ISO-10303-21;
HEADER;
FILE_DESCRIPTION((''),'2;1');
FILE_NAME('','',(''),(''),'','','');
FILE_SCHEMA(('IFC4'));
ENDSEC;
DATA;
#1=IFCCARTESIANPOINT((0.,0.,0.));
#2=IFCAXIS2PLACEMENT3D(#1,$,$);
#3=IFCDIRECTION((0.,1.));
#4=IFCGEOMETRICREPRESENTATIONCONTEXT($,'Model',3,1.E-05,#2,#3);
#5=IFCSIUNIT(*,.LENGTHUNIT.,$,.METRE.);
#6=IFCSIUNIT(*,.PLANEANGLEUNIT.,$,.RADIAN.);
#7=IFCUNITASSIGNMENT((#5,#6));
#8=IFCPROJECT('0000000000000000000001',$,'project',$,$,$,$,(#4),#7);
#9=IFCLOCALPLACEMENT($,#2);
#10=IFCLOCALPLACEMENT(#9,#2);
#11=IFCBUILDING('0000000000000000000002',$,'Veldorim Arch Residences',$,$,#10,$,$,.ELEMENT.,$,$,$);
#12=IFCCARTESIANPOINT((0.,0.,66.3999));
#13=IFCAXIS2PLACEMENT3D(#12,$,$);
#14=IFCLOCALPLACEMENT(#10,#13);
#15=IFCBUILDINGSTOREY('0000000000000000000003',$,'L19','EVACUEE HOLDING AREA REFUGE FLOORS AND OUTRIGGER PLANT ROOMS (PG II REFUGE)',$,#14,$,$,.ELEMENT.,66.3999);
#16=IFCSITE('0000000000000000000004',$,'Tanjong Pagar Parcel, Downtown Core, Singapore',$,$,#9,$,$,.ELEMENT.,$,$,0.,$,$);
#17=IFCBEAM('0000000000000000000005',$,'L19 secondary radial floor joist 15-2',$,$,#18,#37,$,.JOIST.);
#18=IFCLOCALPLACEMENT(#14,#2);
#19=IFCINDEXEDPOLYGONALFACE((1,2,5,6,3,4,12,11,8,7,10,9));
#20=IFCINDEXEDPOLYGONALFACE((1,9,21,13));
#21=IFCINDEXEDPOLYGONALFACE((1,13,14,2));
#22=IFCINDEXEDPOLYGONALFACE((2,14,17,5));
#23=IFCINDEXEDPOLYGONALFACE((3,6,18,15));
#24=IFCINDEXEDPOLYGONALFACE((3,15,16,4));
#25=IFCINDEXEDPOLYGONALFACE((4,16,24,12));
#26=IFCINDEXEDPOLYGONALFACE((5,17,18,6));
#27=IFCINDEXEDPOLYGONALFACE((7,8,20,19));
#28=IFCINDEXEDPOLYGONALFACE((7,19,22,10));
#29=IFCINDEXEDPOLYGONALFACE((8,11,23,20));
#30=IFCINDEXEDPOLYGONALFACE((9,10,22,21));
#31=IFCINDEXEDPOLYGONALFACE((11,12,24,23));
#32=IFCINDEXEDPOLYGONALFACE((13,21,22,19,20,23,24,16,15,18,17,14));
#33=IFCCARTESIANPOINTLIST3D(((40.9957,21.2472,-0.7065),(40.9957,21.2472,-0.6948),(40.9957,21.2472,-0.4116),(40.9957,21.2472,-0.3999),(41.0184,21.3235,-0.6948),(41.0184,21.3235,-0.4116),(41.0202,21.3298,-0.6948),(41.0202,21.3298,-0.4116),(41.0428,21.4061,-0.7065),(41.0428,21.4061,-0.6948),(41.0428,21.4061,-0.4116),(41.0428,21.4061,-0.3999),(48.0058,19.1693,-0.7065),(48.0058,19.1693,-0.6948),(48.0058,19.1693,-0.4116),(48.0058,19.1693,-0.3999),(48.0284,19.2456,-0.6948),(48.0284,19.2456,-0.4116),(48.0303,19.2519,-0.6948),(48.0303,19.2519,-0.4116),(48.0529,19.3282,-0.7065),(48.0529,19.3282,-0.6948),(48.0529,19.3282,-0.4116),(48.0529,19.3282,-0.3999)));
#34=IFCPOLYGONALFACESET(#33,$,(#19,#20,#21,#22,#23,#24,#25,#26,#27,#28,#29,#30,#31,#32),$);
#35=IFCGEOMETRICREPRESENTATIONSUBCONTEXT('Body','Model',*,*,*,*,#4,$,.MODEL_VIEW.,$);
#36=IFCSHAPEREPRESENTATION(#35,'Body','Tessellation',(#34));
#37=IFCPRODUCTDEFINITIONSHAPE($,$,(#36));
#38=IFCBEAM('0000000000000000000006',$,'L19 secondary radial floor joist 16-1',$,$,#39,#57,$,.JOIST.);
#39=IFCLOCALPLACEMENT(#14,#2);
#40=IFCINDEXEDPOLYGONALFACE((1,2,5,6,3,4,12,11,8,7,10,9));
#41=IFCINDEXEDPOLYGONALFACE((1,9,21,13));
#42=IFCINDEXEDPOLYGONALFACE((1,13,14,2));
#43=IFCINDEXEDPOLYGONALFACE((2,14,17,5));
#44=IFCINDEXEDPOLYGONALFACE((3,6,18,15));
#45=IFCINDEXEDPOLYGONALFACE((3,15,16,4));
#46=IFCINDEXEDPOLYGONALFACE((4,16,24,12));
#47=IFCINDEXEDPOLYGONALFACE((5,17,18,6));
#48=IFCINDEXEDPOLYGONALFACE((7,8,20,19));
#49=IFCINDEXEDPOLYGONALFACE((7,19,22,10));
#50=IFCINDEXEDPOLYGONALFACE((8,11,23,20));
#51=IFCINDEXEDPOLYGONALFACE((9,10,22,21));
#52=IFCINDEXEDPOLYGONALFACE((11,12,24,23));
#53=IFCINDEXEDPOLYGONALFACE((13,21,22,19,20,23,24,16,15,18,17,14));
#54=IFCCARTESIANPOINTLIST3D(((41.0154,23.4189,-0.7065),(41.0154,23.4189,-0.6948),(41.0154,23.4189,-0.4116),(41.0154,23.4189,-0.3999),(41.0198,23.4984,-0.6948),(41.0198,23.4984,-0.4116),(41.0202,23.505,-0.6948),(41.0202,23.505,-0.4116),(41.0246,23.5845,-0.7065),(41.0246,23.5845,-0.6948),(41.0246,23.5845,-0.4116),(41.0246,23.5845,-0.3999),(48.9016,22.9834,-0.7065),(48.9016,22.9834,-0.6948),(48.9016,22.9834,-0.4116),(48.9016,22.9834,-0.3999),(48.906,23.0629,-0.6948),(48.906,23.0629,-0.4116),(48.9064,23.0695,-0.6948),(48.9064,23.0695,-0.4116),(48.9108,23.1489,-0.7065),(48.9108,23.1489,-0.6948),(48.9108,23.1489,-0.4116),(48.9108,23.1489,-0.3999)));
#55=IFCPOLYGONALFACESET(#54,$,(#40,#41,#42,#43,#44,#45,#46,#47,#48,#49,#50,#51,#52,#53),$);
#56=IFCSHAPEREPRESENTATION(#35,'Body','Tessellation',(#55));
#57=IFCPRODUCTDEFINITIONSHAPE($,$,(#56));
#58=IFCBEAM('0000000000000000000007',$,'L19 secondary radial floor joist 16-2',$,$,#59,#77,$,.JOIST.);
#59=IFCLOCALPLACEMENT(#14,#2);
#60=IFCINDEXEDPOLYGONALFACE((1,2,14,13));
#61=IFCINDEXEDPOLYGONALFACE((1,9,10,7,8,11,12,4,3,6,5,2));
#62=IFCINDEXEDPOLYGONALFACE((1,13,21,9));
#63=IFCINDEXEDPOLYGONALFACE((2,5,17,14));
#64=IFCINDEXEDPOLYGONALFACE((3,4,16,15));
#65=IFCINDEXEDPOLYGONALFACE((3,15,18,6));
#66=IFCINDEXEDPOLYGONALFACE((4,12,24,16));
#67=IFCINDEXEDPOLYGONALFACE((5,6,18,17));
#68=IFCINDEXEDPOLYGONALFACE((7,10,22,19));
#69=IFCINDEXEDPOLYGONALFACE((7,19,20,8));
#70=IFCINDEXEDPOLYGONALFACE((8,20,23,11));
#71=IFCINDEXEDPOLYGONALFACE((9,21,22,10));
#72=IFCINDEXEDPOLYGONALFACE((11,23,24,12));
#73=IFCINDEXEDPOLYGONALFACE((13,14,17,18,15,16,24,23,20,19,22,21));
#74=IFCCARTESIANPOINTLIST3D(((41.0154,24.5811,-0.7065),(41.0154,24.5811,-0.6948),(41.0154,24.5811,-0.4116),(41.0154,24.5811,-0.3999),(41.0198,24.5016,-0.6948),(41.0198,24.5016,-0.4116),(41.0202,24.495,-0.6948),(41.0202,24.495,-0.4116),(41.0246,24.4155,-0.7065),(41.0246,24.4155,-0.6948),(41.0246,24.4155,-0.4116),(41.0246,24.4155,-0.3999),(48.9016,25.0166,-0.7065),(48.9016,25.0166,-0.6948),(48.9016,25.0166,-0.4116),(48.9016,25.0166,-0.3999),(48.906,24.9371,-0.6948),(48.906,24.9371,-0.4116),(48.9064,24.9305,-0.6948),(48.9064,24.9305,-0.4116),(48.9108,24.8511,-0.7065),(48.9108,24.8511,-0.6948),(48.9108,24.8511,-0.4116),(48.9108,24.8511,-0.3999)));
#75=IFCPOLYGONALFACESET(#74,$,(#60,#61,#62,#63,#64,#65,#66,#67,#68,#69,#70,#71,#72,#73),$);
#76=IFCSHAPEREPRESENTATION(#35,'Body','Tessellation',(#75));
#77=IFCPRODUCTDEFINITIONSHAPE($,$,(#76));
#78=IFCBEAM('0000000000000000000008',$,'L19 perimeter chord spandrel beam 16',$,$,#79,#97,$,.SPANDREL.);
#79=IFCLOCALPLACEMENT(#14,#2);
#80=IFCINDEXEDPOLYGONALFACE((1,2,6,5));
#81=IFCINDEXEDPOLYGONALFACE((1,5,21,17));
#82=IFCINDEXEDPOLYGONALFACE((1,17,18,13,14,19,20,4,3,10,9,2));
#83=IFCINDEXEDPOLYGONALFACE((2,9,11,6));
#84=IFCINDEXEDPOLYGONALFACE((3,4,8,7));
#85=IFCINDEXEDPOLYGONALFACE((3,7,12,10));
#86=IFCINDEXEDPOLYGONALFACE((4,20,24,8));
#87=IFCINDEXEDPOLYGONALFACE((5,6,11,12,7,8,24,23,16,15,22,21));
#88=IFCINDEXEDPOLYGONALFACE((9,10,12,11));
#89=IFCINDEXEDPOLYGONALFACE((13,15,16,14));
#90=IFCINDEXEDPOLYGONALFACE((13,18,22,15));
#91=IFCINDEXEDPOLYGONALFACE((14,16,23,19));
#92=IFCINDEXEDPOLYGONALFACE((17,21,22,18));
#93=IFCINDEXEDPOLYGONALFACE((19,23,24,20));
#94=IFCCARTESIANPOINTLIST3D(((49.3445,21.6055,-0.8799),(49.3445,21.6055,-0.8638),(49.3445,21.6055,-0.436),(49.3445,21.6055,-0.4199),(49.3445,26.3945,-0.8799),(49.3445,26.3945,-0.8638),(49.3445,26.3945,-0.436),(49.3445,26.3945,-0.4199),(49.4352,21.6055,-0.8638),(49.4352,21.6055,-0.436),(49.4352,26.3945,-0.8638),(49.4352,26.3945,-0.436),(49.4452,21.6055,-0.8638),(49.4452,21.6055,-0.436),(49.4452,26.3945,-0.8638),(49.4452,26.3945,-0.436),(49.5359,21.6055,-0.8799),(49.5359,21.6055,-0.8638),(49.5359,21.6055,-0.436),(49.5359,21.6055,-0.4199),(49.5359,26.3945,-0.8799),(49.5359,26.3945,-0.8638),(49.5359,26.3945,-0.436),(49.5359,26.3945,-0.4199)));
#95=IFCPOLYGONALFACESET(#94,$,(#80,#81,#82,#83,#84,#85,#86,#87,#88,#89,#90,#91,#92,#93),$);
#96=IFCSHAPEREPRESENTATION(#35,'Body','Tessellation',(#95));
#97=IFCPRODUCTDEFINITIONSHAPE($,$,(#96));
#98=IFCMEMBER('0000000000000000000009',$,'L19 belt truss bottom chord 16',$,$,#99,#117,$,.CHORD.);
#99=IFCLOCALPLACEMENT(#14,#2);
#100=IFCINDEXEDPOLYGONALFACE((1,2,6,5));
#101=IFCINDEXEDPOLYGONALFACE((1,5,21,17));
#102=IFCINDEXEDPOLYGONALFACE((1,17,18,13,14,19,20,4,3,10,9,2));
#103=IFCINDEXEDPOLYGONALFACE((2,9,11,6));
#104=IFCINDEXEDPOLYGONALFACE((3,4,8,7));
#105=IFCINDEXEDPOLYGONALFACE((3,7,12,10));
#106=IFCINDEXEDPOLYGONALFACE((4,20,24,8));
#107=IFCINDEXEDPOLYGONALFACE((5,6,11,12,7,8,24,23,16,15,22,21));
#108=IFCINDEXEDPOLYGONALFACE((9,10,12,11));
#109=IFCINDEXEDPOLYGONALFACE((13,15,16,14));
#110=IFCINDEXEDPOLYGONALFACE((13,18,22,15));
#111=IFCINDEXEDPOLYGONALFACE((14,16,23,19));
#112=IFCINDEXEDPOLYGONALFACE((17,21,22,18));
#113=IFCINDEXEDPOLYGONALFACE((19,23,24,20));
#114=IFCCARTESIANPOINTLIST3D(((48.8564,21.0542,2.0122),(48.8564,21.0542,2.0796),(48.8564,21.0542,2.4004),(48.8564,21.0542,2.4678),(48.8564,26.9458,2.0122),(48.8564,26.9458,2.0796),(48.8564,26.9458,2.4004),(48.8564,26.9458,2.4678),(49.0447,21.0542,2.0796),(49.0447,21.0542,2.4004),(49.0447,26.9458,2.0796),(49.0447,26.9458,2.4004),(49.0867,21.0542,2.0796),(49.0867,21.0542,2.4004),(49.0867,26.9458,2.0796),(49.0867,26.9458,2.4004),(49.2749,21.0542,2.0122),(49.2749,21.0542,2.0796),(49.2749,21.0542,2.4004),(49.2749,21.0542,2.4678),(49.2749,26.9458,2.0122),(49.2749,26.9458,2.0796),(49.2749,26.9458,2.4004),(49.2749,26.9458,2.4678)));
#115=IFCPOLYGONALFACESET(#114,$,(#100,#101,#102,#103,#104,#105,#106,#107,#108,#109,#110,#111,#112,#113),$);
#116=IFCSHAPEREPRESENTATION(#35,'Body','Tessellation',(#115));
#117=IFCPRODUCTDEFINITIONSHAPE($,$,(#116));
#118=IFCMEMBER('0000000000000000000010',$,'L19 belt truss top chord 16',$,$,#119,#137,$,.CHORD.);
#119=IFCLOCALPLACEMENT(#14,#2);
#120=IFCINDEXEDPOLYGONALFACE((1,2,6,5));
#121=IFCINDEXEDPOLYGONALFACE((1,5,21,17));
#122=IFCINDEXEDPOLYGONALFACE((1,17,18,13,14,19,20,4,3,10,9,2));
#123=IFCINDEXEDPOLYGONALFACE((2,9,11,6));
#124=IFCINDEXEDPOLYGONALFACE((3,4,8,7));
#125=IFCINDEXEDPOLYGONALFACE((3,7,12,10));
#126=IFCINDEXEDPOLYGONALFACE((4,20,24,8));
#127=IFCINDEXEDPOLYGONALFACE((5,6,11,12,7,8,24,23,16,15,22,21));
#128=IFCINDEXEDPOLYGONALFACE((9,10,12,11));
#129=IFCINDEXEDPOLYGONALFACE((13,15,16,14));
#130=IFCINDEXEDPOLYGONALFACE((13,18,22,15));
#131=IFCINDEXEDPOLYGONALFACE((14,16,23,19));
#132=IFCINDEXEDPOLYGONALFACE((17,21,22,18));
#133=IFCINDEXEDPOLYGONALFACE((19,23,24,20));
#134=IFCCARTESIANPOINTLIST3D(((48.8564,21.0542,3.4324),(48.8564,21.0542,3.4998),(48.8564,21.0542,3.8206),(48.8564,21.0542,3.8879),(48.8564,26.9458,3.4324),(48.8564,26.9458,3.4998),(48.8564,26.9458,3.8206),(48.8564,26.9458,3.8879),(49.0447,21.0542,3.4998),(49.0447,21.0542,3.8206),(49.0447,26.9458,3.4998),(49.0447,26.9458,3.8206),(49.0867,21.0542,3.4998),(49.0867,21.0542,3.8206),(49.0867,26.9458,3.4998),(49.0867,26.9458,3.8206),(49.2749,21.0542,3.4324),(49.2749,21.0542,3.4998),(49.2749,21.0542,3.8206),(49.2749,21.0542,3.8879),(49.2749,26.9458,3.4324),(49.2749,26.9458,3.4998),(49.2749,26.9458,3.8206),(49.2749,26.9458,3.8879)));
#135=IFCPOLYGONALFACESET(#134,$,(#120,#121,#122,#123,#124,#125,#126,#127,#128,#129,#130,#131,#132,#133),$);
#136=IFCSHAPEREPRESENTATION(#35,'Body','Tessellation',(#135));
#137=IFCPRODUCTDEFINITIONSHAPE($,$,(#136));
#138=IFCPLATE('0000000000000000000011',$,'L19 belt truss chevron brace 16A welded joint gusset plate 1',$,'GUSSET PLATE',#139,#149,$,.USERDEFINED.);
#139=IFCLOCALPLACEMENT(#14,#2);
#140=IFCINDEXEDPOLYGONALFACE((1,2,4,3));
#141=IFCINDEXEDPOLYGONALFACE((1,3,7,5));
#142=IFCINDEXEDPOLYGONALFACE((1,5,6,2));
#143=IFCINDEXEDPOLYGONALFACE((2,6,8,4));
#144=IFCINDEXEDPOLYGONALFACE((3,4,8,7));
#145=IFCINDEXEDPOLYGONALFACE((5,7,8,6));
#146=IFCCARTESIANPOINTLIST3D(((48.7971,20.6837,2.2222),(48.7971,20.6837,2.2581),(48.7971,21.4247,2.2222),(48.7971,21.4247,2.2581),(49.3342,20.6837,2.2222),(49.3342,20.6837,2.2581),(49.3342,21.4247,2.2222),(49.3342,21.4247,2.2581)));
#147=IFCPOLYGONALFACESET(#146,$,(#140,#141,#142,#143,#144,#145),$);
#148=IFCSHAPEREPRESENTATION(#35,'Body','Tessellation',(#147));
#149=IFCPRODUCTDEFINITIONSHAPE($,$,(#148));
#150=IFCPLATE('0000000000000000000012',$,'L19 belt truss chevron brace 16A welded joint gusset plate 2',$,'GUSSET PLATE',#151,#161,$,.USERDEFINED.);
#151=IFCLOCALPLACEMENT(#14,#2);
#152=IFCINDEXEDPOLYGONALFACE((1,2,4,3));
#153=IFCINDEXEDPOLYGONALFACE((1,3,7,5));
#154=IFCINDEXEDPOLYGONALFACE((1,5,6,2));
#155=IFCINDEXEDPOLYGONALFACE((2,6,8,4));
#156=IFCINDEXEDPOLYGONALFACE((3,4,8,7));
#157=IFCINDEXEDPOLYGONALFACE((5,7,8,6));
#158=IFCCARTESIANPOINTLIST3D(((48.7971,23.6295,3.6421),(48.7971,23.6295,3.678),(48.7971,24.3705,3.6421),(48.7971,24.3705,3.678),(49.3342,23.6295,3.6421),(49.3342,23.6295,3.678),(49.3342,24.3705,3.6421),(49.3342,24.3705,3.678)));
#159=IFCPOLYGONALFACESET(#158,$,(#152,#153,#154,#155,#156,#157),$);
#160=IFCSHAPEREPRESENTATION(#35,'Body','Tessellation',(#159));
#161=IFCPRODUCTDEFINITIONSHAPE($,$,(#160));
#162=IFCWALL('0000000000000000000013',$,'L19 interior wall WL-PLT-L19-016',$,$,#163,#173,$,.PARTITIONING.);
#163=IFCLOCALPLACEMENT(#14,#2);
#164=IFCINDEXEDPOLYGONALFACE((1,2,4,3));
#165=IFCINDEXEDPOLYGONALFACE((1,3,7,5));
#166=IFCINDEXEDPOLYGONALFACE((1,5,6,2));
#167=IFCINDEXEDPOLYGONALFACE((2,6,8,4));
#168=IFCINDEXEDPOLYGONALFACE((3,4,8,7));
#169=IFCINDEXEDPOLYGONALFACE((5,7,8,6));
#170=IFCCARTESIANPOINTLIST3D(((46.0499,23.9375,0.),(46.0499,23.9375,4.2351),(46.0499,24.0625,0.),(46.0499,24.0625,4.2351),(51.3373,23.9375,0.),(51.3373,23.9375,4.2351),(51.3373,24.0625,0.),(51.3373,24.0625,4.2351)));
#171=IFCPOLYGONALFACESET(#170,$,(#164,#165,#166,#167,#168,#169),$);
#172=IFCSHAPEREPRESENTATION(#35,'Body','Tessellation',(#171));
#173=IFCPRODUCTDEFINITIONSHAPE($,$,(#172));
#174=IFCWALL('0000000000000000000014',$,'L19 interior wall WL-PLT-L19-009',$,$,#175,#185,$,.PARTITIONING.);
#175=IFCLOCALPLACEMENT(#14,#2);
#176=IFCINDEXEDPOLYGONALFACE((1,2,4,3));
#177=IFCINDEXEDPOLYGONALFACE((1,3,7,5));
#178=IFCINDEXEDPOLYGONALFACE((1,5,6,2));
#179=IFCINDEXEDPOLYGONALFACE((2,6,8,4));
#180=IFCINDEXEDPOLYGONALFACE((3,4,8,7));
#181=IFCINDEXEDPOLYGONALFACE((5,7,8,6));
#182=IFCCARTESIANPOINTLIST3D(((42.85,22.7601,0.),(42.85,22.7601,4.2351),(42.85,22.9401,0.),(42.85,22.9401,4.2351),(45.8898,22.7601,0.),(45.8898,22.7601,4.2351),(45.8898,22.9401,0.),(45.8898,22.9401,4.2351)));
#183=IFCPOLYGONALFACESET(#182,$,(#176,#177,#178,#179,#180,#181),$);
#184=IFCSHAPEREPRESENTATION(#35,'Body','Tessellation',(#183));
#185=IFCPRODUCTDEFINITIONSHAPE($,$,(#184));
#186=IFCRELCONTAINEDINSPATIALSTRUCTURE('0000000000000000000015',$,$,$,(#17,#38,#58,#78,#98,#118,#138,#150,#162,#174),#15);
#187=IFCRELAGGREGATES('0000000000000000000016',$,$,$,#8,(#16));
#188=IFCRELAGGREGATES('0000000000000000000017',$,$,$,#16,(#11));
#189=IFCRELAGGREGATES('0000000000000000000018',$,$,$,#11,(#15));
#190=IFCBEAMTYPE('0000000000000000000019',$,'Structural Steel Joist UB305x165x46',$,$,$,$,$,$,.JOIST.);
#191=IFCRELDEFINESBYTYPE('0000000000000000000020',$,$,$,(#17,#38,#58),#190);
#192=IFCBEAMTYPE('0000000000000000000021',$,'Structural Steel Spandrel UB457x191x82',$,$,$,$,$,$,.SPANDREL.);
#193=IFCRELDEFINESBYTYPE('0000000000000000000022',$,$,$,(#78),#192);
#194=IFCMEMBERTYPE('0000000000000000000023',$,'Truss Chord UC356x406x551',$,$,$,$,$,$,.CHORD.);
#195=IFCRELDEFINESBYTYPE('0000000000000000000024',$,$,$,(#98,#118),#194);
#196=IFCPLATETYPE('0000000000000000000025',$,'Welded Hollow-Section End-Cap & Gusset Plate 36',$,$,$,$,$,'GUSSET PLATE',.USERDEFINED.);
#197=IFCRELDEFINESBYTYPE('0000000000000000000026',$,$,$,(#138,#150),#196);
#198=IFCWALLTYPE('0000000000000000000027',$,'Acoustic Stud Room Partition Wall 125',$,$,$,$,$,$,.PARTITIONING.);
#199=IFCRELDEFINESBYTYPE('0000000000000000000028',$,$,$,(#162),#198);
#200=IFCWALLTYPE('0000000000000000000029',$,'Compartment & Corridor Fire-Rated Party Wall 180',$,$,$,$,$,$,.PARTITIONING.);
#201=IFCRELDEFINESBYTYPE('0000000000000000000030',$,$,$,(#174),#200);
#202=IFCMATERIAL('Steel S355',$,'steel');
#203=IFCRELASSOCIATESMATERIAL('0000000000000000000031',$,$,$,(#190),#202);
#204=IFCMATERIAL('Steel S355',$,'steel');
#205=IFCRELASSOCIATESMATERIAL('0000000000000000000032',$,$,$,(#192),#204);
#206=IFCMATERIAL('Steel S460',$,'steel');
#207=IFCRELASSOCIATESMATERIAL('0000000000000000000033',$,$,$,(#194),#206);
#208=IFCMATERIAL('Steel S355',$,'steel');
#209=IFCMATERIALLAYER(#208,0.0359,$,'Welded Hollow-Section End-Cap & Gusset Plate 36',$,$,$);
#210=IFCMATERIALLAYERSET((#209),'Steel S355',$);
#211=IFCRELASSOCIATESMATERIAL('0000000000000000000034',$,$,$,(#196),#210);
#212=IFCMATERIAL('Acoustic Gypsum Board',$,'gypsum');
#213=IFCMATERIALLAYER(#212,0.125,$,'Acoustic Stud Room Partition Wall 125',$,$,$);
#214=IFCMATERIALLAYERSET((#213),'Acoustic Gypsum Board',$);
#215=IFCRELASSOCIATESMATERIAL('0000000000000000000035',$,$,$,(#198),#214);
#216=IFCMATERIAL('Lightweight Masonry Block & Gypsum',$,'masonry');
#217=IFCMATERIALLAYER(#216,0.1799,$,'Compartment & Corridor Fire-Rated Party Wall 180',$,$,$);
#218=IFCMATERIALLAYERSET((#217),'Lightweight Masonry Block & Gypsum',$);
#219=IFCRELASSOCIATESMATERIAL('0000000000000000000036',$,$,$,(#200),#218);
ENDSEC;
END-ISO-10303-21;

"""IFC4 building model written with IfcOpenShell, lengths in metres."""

from ifc_helpers import new_model, si_unit, direction, frame, frame_2d, origin, origin_2d, place, context, subcontext, project, spatial, rectangle, i_section, extrude, material, layer, layer_set, material_profile, profile_set, type_object, element, save


model = new_model("IFC4")

# Units and contexts
model_context = context("Model", 3, precision=1e-05, world=origin(), true_north=direction((0.0, 1.0)))
body_context = subcontext(model_context, "Body", "Model", "MODEL_VIEW")
ifc_project = project(units=[si_unit("LENGTHUNIT", "METRE"), si_unit("PLANEANGLEUNIT", "RADIAN")], contexts=[model_context])

# Site, building, storey
site_placement = place(None, origin())
site = spatial("IfcSite", under=ifc_project, at=site_placement, Name="Tanjong Pagar Parcel, Downtown Core, Singapore", CompositionType="ELEMENT", RefElevation=0.0)
building_placement = place(site_placement, origin())
building = spatial("IfcBuilding", under=site, at=building_placement, Name="Veldorim Arch Residences", CompositionType="ELEMENT")
storey_placement = place(building_placement, frame((0.0, 0.0, 66.3999)))
storey = spatial("IfcBuildingStorey", under=building, at=storey_placement, Name="L19", Description="EVACUEE HOLDING AREA REFUGE FLOORS AND OUTRIGGER PLANT ROOMS (PG II REFUGE)", CompositionType="ELEMENT", Elevation=66.3999)

# Beams
ifc_material_1 = material(Name="Steel S355", Category="steel")
ifc_material_profile_1 = material_profile(ifc_material_1, i_section(OverallWidth=0.1658, OverallDepth=0.3066, WebThickness=0.0066, FlangeThickness=0.0117, at=origin_2d()), Name="UB305x165x46")
ifc_profile_set_1 = profile_set([ifc_material_profile_1], Name="Steel S355")
beam_type_1 = type_object("IfcBeamType", Name="Structural Steel Joist UB305x165x46", PredefinedType="JOIST", material=ifc_profile_set_1)
beam_1_placement = place(storey_placement, frame((41.0193, 21.3267, -0.5532), z_axis=(0.958767, -0.284194, 0.0), x_axis=(0.284194, 0.958767, 0.0)))
element("IfcBeam", 1, at=beam_1_placement, inside=storey, type_object=beam_type_1, Name="L19 secondary radial floor joist 15-2", PredefinedType="JOIST", context=body_context, shape_type="SweptSolid", body=[
    extrude(i_section(OverallWidth=0.1658, OverallDepth=0.3066, WebThickness=0.0066, FlangeThickness=0.0117, at=origin_2d()), origin(), (0.0, 0.0, 1.0), 7.3115),
])
for number, where, z_axis, x_axis, name in (
    (2, (41.02, 23.5017, -0.5532), (0.998478, -0.055145, 0.0), (0.055145, 0.998478, 0.0), "L19 secondary radial floor joist 16-1"),
    (3, (41.02, 24.4983, -0.5532), (0.998478, 0.055145, 0.0), (-0.055145, 0.998478, 0.0), "L19 secondary radial floor joist 16-2"),
):
    element("IfcBeam", number, at=place(storey_placement, frame(where, z_axis=z_axis, x_axis=x_axis)), inside=storey, type_object=beam_type_1, Name=name, PredefinedType="JOIST", context=body_context, shape_type="SweptSolid", body=[
        extrude(i_section(OverallWidth=0.1658, OverallDepth=0.3066, WebThickness=0.0066, FlangeThickness=0.0117, at=origin_2d()), origin(), (0.0, 0.0, 1.0), 7.8982),
    ])
ifc_material_2 = material(Name="Steel S355", Category="steel")
ifc_material_profile_2 = material_profile(ifc_material_2, i_section(OverallWidth=0.1914, OverallDepth=0.46, WebThickness=0.01, FlangeThickness=0.0161, at=origin_2d()), Name="UB457x191x82")
ifc_profile_set_2 = profile_set([ifc_material_profile_2], Name="Steel S355")
beam_type_2 = type_object("IfcBeamType", Name="Structural Steel Spandrel UB457x191x82", PredefinedType="SPANDREL", material=ifc_profile_set_2)
beam_2_placement = place(storey_placement, frame((49.4402, 21.6055, -0.6499), z_axis=(0.0, 1.0, 0.0), x_axis=(-1.0, 0.0, 0.0)))
element("IfcBeam", 4, at=beam_2_placement, inside=storey, type_object=beam_type_2, Name="L19 perimeter chord spandrel beam 16", PredefinedType="SPANDREL", context=body_context, shape_type="SweptSolid", body=[
    extrude(i_section(OverallWidth=0.1914, OverallDepth=0.46, WebThickness=0.01, FlangeThickness=0.0161, at=origin_2d()), origin(), (0.0, 0.0, 1.0), 4.7891),
])

# Members
ifc_material_3 = material(Name="Steel S460", Category="steel")
ifc_material_profile_3 = material_profile(ifc_material_3, i_section(OverallWidth=0.4185, OverallDepth=0.4556, WebThickness=0.042, FlangeThickness=0.0674, at=origin_2d()), Name="UC356x406x551")
ifc_profile_set_3 = profile_set([ifc_material_profile_3], Name="Steel S460")
member_type_1 = type_object("IfcMemberType", Name="Truss Chord UC356x406x551", PredefinedType="CHORD", material=ifc_profile_set_3)
for number, where, z_axis, x_axis, name in (
    (5, (49.0657, 21.0542, 2.24), (0.0, 1.0, 0.0), (-1.0, 0.0, 0.0), "L19 belt truss bottom chord 16"),
    (6, (49.0657, 21.0542, 3.6602), (0.0, 1.0, 0.0), (-1.0, 0.0, 0.0), "L19 belt truss top chord 16"),
):
    element("IfcMember", number, at=place(storey_placement, frame(where, z_axis=z_axis, x_axis=x_axis)), inside=storey, type_object=member_type_1, Name=name, PredefinedType="CHORD", context=body_context, shape_type="SweptSolid", body=[
        extrude(i_section(OverallWidth=0.4185, OverallDepth=0.4556, WebThickness=0.042, FlangeThickness=0.0674, at=origin_2d()), origin(), (0.0, 0.0, 1.0), 5.8916),
    ])

# Plates
ifc_material_4 = material(Name="Steel S355", Category="steel")
ifc_layer_1 = layer(ifc_material_4, 0.0359, Name="Welded Hollow-Section End-Cap & Gusset Plate 36")
ifc_layer_set_1 = layer_set([ifc_layer_1], Name="Steel S355")
plate_type = type_object("IfcPlateType", Name="Welded Hollow-Section End-Cap & Gusset Plate 36", ElementType="GUSSET PLATE", PredefinedType="USERDEFINED", material=ifc_layer_set_1)
for number, where, z_axis, x_axis, name in (
    (7, (49.0657, 21.0542, 2.2222), (0.0, 0.0, 1.0), (0.0, 1.0, 0.0), "L19 belt truss chevron brace 16A welded joint gusset plate 1"),
    (8, (49.0657, 24.0, 3.6421), (0.0, 0.0, 1.0), (0.0, 1.0, 0.0), "L19 belt truss chevron brace 16A welded joint gusset plate 2"),
):
    element("IfcPlate", number, at=place(storey_placement, frame(where, z_axis=z_axis, x_axis=x_axis)), inside=storey, type_object=plate_type, Name=name, ObjectType="GUSSET PLATE", PredefinedType="USERDEFINED", context=body_context, shape_type="SweptSolid", body=[
        extrude(rectangle(XDim=0.741, YDim=0.5371, at=origin_2d()), origin(), (0.0, 0.0, 1.0), 0.0359),
    ])

# Walls
ifc_material_5 = material(Name="Acoustic Gypsum Board", Category="gypsum")
ifc_layer_2 = layer(ifc_material_5, 0.125, Name="Acoustic Stud Room Partition Wall 125")
ifc_layer_set_2 = layer_set([ifc_layer_2], Name="Acoustic Gypsum Board")
wall_type_1 = type_object("IfcWallType", Name="Acoustic Stud Room Partition Wall 125", PredefinedType="PARTITIONING", material=ifc_layer_set_2)
wall_1_placement = place(storey_placement, frame((46.05, 24.0, 0.0), z_axis=(0.0, 0.0, 1.0), x_axis=(1.0, 0.0, 0.0)))
element("IfcWall", 9, at=wall_1_placement, inside=storey, type_object=wall_type_1, Name="L19 interior wall WL-PLT-L19-016", PredefinedType="PARTITIONING", context=body_context, shape_type="SweptSolid", body=[
    extrude(rectangle(XDim=5.2874, YDim=0.125, at=frame_2d((2.6436, 0.0))), origin(), (0.0, 0.0, 1.0), 4.2351),
])
ifc_material_6 = material(Name="Lightweight Masonry Block & Gypsum", Category="masonry")
ifc_layer_3 = layer(ifc_material_6, 0.1799, Name="Compartment & Corridor Fire-Rated Party Wall 180")
ifc_layer_set_3 = layer_set([ifc_layer_3], Name="Lightweight Masonry Block & Gypsum")
wall_type_2 = type_object("IfcWallType", Name="Compartment & Corridor Fire-Rated Party Wall 180", PredefinedType="PARTITIONING", material=ifc_layer_set_3)
wall_2_placement = place(storey_placement, frame((45.8899, 22.8501, 0.0), z_axis=(0.0, 0.0, 1.0), x_axis=(-1.0, 0.0, 0.0)))
element("IfcWall", 10, at=wall_2_placement, inside=storey, type_object=wall_type_2, Name="L19 interior wall WL-PLT-L19-009", PredefinedType="PARTITIONING", context=body_context, shape_type="SweptSolid", body=[
    extrude(rectangle(XDim=3.0398, YDim=0.1799, at=frame_2d((1.52, 0.0))), origin(), (0.0, 0.0, 1.0), 4.2351),
])

save(model, "model.ifc")
